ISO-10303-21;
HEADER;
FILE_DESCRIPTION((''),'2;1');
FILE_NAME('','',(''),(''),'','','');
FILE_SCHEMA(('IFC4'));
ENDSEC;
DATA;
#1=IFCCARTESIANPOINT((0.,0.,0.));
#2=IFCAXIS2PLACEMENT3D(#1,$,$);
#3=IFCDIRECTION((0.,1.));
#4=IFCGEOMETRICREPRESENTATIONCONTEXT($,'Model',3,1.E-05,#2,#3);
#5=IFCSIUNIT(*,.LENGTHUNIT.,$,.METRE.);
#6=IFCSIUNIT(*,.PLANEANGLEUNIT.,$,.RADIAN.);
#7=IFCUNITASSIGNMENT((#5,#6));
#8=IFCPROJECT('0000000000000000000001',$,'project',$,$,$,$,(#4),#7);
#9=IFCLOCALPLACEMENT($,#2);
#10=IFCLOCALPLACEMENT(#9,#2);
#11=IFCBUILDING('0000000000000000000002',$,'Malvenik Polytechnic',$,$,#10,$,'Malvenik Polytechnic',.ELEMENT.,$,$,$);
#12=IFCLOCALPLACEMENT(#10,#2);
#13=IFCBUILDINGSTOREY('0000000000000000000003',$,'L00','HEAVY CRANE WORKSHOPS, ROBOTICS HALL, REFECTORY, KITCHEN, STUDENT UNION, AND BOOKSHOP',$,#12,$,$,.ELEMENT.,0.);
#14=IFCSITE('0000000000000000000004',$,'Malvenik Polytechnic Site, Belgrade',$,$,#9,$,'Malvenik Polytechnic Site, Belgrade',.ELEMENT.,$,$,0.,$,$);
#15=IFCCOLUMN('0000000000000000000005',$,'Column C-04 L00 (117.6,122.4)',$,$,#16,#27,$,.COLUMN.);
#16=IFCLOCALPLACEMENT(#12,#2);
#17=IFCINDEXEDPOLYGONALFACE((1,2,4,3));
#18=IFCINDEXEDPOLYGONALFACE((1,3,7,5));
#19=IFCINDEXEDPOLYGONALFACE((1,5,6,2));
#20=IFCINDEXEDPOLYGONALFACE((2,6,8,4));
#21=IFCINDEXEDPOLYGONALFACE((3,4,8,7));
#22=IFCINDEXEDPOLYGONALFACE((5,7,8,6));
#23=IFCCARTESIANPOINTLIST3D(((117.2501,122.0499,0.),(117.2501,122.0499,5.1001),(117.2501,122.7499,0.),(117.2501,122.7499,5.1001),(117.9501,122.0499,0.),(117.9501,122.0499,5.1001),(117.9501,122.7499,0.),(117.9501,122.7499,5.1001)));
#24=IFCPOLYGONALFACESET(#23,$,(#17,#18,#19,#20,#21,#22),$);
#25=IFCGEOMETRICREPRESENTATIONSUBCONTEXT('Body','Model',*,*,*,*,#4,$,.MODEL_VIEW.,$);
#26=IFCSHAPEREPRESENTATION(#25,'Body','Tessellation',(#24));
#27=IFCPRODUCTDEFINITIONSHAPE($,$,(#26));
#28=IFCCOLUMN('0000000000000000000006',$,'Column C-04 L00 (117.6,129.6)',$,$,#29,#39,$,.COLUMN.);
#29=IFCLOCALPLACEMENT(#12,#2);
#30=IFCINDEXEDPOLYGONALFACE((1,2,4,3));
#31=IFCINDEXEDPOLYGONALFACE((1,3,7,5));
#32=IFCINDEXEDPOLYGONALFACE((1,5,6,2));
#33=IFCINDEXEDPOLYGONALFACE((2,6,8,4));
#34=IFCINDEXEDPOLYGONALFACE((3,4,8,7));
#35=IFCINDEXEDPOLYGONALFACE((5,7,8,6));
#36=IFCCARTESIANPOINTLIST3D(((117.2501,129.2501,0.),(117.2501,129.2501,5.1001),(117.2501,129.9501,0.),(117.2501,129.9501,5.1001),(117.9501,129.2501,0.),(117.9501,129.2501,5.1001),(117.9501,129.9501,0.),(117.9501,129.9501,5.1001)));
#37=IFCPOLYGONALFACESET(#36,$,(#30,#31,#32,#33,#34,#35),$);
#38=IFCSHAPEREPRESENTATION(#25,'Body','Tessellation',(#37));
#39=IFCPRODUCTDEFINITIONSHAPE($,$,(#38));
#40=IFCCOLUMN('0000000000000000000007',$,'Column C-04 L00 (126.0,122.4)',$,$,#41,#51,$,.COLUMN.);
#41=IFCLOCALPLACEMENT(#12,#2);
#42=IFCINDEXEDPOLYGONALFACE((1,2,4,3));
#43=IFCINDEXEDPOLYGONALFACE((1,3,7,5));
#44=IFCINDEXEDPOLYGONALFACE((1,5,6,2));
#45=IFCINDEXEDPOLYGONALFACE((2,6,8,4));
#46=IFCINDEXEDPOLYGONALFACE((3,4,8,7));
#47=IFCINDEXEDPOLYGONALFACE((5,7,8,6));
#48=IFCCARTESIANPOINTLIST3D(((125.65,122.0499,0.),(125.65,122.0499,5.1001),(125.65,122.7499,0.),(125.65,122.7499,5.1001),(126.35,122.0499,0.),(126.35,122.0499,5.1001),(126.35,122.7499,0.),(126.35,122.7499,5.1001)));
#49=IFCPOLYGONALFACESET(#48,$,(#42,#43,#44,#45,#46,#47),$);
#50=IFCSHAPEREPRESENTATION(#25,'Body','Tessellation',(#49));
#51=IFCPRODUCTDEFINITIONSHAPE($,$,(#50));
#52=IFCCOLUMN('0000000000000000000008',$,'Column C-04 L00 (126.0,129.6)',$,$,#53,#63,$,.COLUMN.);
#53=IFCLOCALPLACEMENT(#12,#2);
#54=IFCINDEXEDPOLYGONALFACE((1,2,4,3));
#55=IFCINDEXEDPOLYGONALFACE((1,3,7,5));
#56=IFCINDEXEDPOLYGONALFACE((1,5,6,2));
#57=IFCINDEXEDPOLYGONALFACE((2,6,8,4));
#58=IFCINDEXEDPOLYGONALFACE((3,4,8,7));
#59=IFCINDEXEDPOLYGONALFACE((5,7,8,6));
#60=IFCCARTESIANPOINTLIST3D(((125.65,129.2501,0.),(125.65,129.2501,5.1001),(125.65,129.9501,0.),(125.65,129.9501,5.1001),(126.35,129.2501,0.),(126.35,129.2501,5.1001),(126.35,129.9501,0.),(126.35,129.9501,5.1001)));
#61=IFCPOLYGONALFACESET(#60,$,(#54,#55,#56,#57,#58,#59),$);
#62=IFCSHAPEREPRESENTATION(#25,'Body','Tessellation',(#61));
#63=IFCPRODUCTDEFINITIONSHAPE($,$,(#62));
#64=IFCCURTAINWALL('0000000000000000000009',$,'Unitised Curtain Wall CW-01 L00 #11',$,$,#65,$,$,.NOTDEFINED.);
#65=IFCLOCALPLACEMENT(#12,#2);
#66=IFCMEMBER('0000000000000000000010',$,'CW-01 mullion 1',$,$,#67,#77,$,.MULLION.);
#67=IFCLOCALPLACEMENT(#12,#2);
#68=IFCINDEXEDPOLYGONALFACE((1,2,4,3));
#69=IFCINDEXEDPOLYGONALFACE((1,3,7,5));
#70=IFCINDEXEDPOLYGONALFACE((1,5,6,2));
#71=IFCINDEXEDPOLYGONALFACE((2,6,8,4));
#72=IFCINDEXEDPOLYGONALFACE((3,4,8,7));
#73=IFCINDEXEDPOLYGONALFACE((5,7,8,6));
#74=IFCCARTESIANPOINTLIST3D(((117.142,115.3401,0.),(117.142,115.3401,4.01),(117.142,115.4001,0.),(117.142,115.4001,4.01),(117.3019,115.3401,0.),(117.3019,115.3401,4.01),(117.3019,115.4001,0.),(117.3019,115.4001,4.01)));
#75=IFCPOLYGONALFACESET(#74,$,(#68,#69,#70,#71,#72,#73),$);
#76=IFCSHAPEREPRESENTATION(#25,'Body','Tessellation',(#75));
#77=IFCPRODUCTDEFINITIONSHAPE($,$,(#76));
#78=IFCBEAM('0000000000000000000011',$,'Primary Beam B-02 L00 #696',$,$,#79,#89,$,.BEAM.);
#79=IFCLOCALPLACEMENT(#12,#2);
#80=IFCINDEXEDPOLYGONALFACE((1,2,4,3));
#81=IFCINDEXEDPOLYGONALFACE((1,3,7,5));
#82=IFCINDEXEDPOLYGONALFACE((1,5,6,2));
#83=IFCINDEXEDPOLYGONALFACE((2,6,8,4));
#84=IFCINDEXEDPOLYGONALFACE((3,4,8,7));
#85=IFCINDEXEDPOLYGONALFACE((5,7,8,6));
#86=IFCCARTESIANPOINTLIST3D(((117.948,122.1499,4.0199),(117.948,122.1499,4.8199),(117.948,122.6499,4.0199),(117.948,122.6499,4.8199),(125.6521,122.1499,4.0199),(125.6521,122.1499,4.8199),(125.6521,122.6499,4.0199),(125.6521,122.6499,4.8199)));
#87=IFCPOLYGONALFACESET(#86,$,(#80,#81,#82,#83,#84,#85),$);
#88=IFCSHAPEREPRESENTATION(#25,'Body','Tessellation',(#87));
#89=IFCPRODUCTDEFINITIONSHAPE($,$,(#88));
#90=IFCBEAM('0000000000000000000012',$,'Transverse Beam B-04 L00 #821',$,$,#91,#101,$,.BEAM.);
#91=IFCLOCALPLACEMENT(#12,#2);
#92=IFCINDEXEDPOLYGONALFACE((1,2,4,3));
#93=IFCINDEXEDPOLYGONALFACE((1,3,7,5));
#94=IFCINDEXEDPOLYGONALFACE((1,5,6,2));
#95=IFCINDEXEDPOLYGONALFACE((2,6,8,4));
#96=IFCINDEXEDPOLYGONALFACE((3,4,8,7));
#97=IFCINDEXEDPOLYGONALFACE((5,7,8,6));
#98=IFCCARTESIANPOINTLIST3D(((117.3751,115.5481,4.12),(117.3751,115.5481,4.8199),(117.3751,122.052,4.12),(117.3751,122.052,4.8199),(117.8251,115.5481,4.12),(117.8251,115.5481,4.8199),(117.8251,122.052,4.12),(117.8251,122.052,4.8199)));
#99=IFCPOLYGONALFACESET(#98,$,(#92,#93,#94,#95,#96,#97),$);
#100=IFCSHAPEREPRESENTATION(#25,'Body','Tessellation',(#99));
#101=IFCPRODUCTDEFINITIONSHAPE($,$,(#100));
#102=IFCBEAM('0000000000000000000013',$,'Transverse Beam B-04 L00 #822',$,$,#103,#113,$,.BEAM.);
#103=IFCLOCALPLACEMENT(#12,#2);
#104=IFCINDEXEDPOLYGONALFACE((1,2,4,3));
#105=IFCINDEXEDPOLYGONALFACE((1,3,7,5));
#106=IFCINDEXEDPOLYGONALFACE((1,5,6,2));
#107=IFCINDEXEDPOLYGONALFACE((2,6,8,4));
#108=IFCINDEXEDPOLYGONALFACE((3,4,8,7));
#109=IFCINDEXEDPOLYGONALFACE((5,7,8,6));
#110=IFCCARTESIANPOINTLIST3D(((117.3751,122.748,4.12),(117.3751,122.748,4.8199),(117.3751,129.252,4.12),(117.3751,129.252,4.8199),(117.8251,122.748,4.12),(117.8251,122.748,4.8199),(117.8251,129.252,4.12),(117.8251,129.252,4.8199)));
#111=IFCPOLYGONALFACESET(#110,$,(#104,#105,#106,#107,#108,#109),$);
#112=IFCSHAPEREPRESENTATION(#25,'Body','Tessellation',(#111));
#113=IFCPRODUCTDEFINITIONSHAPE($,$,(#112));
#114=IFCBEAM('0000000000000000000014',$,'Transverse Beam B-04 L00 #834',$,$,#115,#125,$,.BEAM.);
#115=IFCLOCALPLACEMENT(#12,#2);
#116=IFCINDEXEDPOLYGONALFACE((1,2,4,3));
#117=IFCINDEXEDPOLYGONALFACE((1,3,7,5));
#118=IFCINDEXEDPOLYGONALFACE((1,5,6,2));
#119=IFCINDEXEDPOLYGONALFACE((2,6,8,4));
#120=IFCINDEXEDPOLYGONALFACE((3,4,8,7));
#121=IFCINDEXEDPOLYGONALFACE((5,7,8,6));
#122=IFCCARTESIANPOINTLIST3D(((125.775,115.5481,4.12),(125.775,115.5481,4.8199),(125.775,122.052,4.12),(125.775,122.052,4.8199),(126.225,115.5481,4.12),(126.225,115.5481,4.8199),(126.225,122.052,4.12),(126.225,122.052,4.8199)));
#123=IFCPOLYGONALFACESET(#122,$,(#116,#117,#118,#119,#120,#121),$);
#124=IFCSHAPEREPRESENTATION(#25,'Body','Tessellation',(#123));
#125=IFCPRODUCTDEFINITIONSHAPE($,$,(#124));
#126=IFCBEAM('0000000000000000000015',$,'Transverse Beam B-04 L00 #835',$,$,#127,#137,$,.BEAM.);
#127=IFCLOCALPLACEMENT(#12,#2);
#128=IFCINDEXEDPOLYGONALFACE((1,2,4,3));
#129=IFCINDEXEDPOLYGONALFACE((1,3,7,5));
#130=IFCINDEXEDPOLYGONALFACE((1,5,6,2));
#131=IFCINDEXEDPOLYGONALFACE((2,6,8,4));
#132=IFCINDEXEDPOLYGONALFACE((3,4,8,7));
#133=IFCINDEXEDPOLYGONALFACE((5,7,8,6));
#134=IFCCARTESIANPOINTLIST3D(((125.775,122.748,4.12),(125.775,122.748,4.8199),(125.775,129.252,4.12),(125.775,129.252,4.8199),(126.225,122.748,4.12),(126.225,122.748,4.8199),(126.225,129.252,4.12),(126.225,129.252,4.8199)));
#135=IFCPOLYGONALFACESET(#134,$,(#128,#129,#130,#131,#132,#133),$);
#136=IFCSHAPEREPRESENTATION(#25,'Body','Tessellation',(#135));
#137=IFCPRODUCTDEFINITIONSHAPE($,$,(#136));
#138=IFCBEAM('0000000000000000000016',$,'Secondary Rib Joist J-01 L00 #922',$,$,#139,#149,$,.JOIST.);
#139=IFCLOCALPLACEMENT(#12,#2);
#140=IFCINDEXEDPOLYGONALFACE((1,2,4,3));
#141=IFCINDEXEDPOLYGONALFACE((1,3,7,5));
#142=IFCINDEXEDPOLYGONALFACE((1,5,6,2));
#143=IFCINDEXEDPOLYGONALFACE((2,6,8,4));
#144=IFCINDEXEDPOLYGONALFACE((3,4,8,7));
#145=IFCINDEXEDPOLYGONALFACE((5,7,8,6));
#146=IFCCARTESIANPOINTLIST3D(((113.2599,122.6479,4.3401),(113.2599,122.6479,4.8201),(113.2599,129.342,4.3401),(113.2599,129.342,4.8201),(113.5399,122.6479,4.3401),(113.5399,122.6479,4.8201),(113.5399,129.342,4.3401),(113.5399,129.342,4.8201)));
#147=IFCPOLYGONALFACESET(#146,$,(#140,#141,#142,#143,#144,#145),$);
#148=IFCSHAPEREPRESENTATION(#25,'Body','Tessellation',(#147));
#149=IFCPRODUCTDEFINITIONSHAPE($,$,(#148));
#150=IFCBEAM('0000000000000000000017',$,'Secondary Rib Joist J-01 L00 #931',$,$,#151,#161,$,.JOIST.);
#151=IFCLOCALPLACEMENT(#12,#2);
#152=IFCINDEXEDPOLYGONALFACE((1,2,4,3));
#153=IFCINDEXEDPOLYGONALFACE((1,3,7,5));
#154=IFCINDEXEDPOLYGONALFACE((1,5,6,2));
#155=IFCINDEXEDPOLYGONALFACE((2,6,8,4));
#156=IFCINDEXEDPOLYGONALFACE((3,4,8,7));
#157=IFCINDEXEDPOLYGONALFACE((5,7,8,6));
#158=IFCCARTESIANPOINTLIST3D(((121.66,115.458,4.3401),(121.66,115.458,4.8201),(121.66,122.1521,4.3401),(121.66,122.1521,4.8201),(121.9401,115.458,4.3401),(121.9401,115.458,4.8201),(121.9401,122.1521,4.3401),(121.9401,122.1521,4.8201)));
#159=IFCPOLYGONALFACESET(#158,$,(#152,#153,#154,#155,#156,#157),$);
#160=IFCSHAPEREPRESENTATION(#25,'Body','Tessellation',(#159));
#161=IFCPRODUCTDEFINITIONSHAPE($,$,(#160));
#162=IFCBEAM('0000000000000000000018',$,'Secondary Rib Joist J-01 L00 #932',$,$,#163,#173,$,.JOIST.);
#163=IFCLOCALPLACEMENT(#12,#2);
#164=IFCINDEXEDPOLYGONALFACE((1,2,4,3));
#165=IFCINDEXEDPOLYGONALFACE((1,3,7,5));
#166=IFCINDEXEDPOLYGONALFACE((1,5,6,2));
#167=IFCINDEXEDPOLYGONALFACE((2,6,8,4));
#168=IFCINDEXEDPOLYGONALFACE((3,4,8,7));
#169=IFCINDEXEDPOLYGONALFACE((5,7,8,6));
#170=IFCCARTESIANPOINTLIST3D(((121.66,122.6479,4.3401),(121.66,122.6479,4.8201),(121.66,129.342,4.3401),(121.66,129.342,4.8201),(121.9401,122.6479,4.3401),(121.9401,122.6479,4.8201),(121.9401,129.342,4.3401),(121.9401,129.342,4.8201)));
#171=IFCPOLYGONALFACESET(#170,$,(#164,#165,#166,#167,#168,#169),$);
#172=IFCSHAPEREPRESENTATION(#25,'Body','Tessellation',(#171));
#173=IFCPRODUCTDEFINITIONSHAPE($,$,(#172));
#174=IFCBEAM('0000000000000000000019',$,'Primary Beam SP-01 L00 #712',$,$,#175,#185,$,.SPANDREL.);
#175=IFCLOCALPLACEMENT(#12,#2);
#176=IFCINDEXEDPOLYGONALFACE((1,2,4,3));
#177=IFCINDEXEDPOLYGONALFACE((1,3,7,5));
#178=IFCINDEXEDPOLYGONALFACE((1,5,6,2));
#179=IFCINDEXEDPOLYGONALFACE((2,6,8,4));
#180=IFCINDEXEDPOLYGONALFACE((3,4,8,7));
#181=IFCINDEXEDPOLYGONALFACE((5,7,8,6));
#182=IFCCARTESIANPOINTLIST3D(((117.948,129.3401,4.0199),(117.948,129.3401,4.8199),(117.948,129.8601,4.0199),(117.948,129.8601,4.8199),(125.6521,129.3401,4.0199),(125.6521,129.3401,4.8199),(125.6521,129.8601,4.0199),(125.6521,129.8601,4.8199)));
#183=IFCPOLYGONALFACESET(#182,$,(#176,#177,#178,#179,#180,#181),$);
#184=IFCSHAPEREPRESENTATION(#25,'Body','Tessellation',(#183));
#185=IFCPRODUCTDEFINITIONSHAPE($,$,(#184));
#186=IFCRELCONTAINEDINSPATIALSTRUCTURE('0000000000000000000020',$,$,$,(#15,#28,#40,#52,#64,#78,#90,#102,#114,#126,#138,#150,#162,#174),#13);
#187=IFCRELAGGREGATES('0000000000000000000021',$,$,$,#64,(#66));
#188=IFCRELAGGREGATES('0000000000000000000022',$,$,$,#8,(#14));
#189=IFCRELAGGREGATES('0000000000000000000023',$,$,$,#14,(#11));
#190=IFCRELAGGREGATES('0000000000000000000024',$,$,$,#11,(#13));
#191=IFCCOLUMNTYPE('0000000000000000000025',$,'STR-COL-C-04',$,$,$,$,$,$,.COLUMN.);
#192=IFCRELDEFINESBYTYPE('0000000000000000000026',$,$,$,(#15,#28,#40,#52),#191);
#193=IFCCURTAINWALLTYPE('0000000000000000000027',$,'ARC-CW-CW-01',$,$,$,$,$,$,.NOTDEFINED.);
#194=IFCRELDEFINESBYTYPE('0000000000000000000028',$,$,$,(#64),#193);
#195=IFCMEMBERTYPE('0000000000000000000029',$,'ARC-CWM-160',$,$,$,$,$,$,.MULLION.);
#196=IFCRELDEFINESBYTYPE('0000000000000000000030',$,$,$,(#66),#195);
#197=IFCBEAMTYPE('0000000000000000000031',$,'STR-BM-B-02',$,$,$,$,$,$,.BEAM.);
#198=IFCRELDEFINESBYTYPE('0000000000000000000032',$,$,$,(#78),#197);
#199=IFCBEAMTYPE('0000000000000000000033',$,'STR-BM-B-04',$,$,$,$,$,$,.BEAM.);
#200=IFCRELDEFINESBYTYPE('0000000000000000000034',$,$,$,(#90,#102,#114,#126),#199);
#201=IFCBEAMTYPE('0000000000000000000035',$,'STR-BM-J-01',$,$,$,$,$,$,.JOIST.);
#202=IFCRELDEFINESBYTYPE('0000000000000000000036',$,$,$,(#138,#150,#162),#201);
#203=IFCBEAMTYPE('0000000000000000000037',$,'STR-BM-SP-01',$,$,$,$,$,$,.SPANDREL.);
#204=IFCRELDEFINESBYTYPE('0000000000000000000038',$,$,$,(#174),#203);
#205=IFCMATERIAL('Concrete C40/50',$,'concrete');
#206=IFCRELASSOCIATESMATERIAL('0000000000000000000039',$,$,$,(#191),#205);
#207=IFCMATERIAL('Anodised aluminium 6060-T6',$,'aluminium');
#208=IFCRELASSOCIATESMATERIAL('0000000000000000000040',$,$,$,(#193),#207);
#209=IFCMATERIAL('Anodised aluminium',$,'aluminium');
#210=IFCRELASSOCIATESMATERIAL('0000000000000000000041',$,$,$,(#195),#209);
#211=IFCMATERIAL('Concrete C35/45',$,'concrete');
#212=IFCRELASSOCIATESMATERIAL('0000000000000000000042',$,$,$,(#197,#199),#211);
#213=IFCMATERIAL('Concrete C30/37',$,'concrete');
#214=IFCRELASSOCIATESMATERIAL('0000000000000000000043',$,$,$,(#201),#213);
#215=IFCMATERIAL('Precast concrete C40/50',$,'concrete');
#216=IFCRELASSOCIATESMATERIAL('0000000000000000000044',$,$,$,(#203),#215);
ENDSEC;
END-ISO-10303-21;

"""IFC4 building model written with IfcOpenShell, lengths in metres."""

from ifc_helpers import new_model, si_unit, direction, frame, origin, origin_2d, place, context, subcontext, project, spatial, rectangle, extrude, material, material_profile, profile_set, type_object, element, aggregate, save


model = new_model("IFC4")

# Units and contexts
model_context = context("Model", 3, precision=1e-05, world=origin(), true_north=direction((0.0, 1.0)))
body_context = subcontext(model_context, "Body", "Model", "MODEL_VIEW")
ifc_project = project(units=[si_unit("LENGTHUNIT", "METRE"), si_unit("PLANEANGLEUNIT", "RADIAN")], contexts=[model_context])

# Site, building, storey
site_placement = place(None, origin())
site = spatial("IfcSite", under=ifc_project, at=site_placement, Name="Malvenik Polytechnic Site, Belgrade", LongName="Malvenik Polytechnic Site, Belgrade", CompositionType="ELEMENT", RefElevation=0.0)
building_placement = place(site_placement, origin())
building = spatial("IfcBuilding", under=site, at=building_placement, Name="Malvenik Polytechnic", LongName="Malvenik Polytechnic", CompositionType="ELEMENT")
storey_placement = place(building_placement, origin())
storey = spatial("IfcBuildingStorey", under=building, at=storey_placement, Name="L00", Description="HEAVY CRANE WORKSHOPS, ROBOTICS HALL, REFECTORY, KITCHEN, STUDENT UNION, AND BOOKSHOP", CompositionType="ELEMENT", Elevation=0.0)

# Columns
ifc_material_1 = material(Name="Concrete C40/50", Category="concrete")
ifc_material_profile_1 = material_profile(ifc_material_1, rectangle(XDim=0.7, YDim=0.7, at=origin_2d()), Name="RC COL 700x700")
ifc_profile_set_1 = profile_set([ifc_material_profile_1], Name="Concrete C40/50")
column_type = type_object("IfcColumnType", Name="STR-COL-C-04", PredefinedType="COLUMN", material=ifc_profile_set_1)
for number, where, z_axis, x_axis, name in (
    (1, (117.6001, 122.3999, 0.0), (0.0, 0.0, 1.0), (1.0, 0.0, 0.0), "Column C-04 L00 (117.6,122.4)"),
    (2, (117.6001, 129.6001, 0.0), (0.0, 0.0, 1.0), (1.0, 0.0, 0.0), "Column C-04 L00 (117.6,129.6)"),
    (3, (126.0, 122.3999, 0.0), (0.0, 0.0, 1.0), (1.0, 0.0, 0.0), "Column C-04 L00 (126.0,122.4)"),
    (4, (126.0, 129.6001, 0.0), (0.0, 0.0, 1.0), (1.0, 0.0, 0.0), "Column C-04 L00 (126.0,129.6)"),
):
    element("IfcColumn", number, at=place(storey_placement, frame(where, z_axis=z_axis, x_axis=x_axis)), inside=storey, type_object=column_type, Name=name, PredefinedType="COLUMN", context=body_context, shape_type="SweptSolid", body=[
        extrude(rectangle(XDim=0.7, YDim=0.7, at=origin_2d()), origin(), (0.0, 0.0, 1.0), 5.1001),
    ])

# Curtain wall, member
ifc_material_2 = material(Name="Anodised aluminium 6060-T6", Category="aluminium")
curtain_wall_type = type_object("IfcCurtainWallType", Name="ARC-CW-CW-01", PredefinedType="NOTDEFINED", material=ifc_material_2)
curtain_wall_placement = place(storey_placement, origin())
curtain_wall = element("IfcCurtainWall", 5, at=curtain_wall_placement, inside=storey, type_object=curtain_wall_type, Name="Unitised Curtain Wall CW-01 L00 #11", PredefinedType="NOTDEFINED")
ifc_material_3 = material(Name="Anodised aluminium", Category="aluminium")
ifc_material_profile_2 = material_profile(ifc_material_3, rectangle(XDim=0.0601, YDim=0.1599, at=origin_2d()), Name="ALU MULLION 60x160")
ifc_profile_set_2 = profile_set([ifc_material_profile_2], Name="Anodised aluminium")
member_type = type_object("IfcMemberType", Name="ARC-CWM-160", PredefinedType="MULLION", material=ifc_profile_set_2)
member_placement = place(storey_placement, frame((117.2219, 115.3701, 0.0), z_axis=(0.0, 0.0, 1.0), x_axis=(0.0, -1.0, 0.0)))
member = element("IfcMember", 6, at=member_placement, type_object=member_type, Name="CW-01 mullion 1", PredefinedType="MULLION", context=body_context, shape_type="SweptSolid", body=[
    extrude(rectangle(XDim=0.0601, YDim=0.1599, at=origin_2d()), origin(), (0.0, 0.0, 1.0), 4.01),
])
aggregate(curtain_wall, [member])

# Beams
ifc_material_4 = material(Name="Concrete C35/45", Category="concrete")
ifc_material_profile_3 = material_profile(ifc_material_4, rectangle(XDim=0.5, YDim=0.8, at=origin_2d()), Name="RC BM 500x800")
ifc_profile_set_3 = profile_set([ifc_material_profile_3], Name="Concrete C35/45")
beam_type_1 = type_object("IfcBeamType", Name="STR-BM-B-02", PredefinedType="BEAM", material=ifc_profile_set_3)
beam_1_placement = place(storey_placement, frame((117.948, 122.3999, 4.4199), z_axis=(1.0, 0.0, 0.0), x_axis=(0.0, 1.0, 0.0)))
element("IfcBeam", 7, at=beam_1_placement, inside=storey, type_object=beam_type_1, Name="Primary Beam B-02 L00 #696", PredefinedType="BEAM", context=body_context, shape_type="SweptSolid", body=[
    extrude(rectangle(XDim=0.5, YDim=0.8, at=origin_2d()), origin(), (0.0, 0.0, 1.0), 7.7041),
])
ifc_material_profile_4 = material_profile(ifc_material_4, rectangle(XDim=0.45, YDim=0.7, at=origin_2d()), Name="RC BM 450x700")
ifc_profile_set_4 = profile_set([ifc_material_profile_4], Name="Concrete C35/45")
beam_type_2 = type_object("IfcBeamType", Name="STR-BM-B-04", PredefinedType="BEAM", material=ifc_profile_set_4)
for number, where, z_axis, x_axis, name in (
    (8, (117.6001, 115.5481, 4.47), (0.0, 1.0, 0.0), (-1.0, 0.0, 0.0), "Transverse Beam B-04 L00 #821"),
    (9, (117.6001, 122.748, 4.47), (0.0, 1.0, 0.0), (-1.0, 0.0, 0.0), "Transverse Beam B-04 L00 #822"),
    (10, (126.0, 115.5481, 4.47), (0.0, 1.0, 0.0), (-1.0, 0.0, 0.0), "Transverse Beam B-04 L00 #834"),
    (11, (126.0, 122.748, 4.47), (0.0, 1.0, 0.0), (-1.0, 0.0, 0.0), "Transverse Beam B-04 L00 #835"),
):
    element("IfcBeam", number, at=place(storey_placement, frame(where, z_axis=z_axis, x_axis=x_axis)), inside=storey, type_object=beam_type_2, Name=name, PredefinedType="BEAM", context=body_context, shape_type="SweptSolid", body=[
        extrude(rectangle(XDim=0.45, YDim=0.7, at=origin_2d()), origin(), (0.0, 0.0, 1.0), 6.5039),
    ])
ifc_material_5 = material(Name="Concrete C30/37", Category="concrete")
ifc_material_profile_5 = material_profile(ifc_material_5, rectangle(XDim=0.28, YDim=0.48, at=origin_2d()), Name="RC JST 280x480")
ifc_profile_set_5 = profile_set([ifc_material_profile_5], Name="Concrete C30/37")
beam_type_3 = type_object("IfcBeamType", Name="STR-BM-J-01", PredefinedType="JOIST", material=ifc_profile_set_5)
for number, where, z_axis, x_axis, name in (
    (12, (113.3999, 122.6479, 4.5801), (0.0, 1.0, 0.0), (-1.0, 0.0, 0.0), "Secondary Rib Joist J-01 L00 #922"),
    (13, (121.8, 115.458, 4.5801), (0.0, 1.0, 0.0), (-1.0, 0.0, 0.0), "Secondary Rib Joist J-01 L00 #931"),
    (14, (121.8, 122.6479, 4.5801), (0.0, 1.0, 0.0), (-1.0, 0.0, 0.0), "Secondary Rib Joist J-01 L00 #932"),
):
    element("IfcBeam", number, at=place(storey_placement, frame(where, z_axis=z_axis, x_axis=x_axis)), inside=storey, type_object=beam_type_3, Name=name, PredefinedType="JOIST", context=body_context, shape_type="SweptSolid", body=[
        extrude(rectangle(XDim=0.28, YDim=0.48, at=origin_2d()), origin(), (0.0, 0.0, 1.0), 6.6941),
    ])
ifc_material_6 = material(Name="Precast concrete C40/50", Category="concrete")
ifc_material_profile_6 = material_profile(ifc_material_6, rectangle(XDim=0.52, YDim=0.8, at=origin_2d()), Name="PC SPN 520x800")
ifc_profile_set_6 = profile_set([ifc_material_profile_6], Name="Precast concrete C40/50")
beam_type_4 = type_object("IfcBeamType", Name="STR-BM-SP-01", PredefinedType="SPANDREL", material=ifc_profile_set_6)
beam_2_placement = place(storey_placement, frame((117.948, 129.6001, 4.4199), z_axis=(1.0, 0.0, 0.0), x_axis=(0.0, 1.0, 0.0)))
element("IfcBeam", 15, at=beam_2_placement, inside=storey, type_object=beam_type_4, Name="Primary Beam SP-01 L00 #712", PredefinedType="SPANDREL", context=body_context, shape_type="SweptSolid", body=[
    extrude(rectangle(XDim=0.52, YDim=0.8, at=origin_2d()), origin(), (0.0, 0.0, 1.0), 7.7041),
])

save(model, "model.ifc")
